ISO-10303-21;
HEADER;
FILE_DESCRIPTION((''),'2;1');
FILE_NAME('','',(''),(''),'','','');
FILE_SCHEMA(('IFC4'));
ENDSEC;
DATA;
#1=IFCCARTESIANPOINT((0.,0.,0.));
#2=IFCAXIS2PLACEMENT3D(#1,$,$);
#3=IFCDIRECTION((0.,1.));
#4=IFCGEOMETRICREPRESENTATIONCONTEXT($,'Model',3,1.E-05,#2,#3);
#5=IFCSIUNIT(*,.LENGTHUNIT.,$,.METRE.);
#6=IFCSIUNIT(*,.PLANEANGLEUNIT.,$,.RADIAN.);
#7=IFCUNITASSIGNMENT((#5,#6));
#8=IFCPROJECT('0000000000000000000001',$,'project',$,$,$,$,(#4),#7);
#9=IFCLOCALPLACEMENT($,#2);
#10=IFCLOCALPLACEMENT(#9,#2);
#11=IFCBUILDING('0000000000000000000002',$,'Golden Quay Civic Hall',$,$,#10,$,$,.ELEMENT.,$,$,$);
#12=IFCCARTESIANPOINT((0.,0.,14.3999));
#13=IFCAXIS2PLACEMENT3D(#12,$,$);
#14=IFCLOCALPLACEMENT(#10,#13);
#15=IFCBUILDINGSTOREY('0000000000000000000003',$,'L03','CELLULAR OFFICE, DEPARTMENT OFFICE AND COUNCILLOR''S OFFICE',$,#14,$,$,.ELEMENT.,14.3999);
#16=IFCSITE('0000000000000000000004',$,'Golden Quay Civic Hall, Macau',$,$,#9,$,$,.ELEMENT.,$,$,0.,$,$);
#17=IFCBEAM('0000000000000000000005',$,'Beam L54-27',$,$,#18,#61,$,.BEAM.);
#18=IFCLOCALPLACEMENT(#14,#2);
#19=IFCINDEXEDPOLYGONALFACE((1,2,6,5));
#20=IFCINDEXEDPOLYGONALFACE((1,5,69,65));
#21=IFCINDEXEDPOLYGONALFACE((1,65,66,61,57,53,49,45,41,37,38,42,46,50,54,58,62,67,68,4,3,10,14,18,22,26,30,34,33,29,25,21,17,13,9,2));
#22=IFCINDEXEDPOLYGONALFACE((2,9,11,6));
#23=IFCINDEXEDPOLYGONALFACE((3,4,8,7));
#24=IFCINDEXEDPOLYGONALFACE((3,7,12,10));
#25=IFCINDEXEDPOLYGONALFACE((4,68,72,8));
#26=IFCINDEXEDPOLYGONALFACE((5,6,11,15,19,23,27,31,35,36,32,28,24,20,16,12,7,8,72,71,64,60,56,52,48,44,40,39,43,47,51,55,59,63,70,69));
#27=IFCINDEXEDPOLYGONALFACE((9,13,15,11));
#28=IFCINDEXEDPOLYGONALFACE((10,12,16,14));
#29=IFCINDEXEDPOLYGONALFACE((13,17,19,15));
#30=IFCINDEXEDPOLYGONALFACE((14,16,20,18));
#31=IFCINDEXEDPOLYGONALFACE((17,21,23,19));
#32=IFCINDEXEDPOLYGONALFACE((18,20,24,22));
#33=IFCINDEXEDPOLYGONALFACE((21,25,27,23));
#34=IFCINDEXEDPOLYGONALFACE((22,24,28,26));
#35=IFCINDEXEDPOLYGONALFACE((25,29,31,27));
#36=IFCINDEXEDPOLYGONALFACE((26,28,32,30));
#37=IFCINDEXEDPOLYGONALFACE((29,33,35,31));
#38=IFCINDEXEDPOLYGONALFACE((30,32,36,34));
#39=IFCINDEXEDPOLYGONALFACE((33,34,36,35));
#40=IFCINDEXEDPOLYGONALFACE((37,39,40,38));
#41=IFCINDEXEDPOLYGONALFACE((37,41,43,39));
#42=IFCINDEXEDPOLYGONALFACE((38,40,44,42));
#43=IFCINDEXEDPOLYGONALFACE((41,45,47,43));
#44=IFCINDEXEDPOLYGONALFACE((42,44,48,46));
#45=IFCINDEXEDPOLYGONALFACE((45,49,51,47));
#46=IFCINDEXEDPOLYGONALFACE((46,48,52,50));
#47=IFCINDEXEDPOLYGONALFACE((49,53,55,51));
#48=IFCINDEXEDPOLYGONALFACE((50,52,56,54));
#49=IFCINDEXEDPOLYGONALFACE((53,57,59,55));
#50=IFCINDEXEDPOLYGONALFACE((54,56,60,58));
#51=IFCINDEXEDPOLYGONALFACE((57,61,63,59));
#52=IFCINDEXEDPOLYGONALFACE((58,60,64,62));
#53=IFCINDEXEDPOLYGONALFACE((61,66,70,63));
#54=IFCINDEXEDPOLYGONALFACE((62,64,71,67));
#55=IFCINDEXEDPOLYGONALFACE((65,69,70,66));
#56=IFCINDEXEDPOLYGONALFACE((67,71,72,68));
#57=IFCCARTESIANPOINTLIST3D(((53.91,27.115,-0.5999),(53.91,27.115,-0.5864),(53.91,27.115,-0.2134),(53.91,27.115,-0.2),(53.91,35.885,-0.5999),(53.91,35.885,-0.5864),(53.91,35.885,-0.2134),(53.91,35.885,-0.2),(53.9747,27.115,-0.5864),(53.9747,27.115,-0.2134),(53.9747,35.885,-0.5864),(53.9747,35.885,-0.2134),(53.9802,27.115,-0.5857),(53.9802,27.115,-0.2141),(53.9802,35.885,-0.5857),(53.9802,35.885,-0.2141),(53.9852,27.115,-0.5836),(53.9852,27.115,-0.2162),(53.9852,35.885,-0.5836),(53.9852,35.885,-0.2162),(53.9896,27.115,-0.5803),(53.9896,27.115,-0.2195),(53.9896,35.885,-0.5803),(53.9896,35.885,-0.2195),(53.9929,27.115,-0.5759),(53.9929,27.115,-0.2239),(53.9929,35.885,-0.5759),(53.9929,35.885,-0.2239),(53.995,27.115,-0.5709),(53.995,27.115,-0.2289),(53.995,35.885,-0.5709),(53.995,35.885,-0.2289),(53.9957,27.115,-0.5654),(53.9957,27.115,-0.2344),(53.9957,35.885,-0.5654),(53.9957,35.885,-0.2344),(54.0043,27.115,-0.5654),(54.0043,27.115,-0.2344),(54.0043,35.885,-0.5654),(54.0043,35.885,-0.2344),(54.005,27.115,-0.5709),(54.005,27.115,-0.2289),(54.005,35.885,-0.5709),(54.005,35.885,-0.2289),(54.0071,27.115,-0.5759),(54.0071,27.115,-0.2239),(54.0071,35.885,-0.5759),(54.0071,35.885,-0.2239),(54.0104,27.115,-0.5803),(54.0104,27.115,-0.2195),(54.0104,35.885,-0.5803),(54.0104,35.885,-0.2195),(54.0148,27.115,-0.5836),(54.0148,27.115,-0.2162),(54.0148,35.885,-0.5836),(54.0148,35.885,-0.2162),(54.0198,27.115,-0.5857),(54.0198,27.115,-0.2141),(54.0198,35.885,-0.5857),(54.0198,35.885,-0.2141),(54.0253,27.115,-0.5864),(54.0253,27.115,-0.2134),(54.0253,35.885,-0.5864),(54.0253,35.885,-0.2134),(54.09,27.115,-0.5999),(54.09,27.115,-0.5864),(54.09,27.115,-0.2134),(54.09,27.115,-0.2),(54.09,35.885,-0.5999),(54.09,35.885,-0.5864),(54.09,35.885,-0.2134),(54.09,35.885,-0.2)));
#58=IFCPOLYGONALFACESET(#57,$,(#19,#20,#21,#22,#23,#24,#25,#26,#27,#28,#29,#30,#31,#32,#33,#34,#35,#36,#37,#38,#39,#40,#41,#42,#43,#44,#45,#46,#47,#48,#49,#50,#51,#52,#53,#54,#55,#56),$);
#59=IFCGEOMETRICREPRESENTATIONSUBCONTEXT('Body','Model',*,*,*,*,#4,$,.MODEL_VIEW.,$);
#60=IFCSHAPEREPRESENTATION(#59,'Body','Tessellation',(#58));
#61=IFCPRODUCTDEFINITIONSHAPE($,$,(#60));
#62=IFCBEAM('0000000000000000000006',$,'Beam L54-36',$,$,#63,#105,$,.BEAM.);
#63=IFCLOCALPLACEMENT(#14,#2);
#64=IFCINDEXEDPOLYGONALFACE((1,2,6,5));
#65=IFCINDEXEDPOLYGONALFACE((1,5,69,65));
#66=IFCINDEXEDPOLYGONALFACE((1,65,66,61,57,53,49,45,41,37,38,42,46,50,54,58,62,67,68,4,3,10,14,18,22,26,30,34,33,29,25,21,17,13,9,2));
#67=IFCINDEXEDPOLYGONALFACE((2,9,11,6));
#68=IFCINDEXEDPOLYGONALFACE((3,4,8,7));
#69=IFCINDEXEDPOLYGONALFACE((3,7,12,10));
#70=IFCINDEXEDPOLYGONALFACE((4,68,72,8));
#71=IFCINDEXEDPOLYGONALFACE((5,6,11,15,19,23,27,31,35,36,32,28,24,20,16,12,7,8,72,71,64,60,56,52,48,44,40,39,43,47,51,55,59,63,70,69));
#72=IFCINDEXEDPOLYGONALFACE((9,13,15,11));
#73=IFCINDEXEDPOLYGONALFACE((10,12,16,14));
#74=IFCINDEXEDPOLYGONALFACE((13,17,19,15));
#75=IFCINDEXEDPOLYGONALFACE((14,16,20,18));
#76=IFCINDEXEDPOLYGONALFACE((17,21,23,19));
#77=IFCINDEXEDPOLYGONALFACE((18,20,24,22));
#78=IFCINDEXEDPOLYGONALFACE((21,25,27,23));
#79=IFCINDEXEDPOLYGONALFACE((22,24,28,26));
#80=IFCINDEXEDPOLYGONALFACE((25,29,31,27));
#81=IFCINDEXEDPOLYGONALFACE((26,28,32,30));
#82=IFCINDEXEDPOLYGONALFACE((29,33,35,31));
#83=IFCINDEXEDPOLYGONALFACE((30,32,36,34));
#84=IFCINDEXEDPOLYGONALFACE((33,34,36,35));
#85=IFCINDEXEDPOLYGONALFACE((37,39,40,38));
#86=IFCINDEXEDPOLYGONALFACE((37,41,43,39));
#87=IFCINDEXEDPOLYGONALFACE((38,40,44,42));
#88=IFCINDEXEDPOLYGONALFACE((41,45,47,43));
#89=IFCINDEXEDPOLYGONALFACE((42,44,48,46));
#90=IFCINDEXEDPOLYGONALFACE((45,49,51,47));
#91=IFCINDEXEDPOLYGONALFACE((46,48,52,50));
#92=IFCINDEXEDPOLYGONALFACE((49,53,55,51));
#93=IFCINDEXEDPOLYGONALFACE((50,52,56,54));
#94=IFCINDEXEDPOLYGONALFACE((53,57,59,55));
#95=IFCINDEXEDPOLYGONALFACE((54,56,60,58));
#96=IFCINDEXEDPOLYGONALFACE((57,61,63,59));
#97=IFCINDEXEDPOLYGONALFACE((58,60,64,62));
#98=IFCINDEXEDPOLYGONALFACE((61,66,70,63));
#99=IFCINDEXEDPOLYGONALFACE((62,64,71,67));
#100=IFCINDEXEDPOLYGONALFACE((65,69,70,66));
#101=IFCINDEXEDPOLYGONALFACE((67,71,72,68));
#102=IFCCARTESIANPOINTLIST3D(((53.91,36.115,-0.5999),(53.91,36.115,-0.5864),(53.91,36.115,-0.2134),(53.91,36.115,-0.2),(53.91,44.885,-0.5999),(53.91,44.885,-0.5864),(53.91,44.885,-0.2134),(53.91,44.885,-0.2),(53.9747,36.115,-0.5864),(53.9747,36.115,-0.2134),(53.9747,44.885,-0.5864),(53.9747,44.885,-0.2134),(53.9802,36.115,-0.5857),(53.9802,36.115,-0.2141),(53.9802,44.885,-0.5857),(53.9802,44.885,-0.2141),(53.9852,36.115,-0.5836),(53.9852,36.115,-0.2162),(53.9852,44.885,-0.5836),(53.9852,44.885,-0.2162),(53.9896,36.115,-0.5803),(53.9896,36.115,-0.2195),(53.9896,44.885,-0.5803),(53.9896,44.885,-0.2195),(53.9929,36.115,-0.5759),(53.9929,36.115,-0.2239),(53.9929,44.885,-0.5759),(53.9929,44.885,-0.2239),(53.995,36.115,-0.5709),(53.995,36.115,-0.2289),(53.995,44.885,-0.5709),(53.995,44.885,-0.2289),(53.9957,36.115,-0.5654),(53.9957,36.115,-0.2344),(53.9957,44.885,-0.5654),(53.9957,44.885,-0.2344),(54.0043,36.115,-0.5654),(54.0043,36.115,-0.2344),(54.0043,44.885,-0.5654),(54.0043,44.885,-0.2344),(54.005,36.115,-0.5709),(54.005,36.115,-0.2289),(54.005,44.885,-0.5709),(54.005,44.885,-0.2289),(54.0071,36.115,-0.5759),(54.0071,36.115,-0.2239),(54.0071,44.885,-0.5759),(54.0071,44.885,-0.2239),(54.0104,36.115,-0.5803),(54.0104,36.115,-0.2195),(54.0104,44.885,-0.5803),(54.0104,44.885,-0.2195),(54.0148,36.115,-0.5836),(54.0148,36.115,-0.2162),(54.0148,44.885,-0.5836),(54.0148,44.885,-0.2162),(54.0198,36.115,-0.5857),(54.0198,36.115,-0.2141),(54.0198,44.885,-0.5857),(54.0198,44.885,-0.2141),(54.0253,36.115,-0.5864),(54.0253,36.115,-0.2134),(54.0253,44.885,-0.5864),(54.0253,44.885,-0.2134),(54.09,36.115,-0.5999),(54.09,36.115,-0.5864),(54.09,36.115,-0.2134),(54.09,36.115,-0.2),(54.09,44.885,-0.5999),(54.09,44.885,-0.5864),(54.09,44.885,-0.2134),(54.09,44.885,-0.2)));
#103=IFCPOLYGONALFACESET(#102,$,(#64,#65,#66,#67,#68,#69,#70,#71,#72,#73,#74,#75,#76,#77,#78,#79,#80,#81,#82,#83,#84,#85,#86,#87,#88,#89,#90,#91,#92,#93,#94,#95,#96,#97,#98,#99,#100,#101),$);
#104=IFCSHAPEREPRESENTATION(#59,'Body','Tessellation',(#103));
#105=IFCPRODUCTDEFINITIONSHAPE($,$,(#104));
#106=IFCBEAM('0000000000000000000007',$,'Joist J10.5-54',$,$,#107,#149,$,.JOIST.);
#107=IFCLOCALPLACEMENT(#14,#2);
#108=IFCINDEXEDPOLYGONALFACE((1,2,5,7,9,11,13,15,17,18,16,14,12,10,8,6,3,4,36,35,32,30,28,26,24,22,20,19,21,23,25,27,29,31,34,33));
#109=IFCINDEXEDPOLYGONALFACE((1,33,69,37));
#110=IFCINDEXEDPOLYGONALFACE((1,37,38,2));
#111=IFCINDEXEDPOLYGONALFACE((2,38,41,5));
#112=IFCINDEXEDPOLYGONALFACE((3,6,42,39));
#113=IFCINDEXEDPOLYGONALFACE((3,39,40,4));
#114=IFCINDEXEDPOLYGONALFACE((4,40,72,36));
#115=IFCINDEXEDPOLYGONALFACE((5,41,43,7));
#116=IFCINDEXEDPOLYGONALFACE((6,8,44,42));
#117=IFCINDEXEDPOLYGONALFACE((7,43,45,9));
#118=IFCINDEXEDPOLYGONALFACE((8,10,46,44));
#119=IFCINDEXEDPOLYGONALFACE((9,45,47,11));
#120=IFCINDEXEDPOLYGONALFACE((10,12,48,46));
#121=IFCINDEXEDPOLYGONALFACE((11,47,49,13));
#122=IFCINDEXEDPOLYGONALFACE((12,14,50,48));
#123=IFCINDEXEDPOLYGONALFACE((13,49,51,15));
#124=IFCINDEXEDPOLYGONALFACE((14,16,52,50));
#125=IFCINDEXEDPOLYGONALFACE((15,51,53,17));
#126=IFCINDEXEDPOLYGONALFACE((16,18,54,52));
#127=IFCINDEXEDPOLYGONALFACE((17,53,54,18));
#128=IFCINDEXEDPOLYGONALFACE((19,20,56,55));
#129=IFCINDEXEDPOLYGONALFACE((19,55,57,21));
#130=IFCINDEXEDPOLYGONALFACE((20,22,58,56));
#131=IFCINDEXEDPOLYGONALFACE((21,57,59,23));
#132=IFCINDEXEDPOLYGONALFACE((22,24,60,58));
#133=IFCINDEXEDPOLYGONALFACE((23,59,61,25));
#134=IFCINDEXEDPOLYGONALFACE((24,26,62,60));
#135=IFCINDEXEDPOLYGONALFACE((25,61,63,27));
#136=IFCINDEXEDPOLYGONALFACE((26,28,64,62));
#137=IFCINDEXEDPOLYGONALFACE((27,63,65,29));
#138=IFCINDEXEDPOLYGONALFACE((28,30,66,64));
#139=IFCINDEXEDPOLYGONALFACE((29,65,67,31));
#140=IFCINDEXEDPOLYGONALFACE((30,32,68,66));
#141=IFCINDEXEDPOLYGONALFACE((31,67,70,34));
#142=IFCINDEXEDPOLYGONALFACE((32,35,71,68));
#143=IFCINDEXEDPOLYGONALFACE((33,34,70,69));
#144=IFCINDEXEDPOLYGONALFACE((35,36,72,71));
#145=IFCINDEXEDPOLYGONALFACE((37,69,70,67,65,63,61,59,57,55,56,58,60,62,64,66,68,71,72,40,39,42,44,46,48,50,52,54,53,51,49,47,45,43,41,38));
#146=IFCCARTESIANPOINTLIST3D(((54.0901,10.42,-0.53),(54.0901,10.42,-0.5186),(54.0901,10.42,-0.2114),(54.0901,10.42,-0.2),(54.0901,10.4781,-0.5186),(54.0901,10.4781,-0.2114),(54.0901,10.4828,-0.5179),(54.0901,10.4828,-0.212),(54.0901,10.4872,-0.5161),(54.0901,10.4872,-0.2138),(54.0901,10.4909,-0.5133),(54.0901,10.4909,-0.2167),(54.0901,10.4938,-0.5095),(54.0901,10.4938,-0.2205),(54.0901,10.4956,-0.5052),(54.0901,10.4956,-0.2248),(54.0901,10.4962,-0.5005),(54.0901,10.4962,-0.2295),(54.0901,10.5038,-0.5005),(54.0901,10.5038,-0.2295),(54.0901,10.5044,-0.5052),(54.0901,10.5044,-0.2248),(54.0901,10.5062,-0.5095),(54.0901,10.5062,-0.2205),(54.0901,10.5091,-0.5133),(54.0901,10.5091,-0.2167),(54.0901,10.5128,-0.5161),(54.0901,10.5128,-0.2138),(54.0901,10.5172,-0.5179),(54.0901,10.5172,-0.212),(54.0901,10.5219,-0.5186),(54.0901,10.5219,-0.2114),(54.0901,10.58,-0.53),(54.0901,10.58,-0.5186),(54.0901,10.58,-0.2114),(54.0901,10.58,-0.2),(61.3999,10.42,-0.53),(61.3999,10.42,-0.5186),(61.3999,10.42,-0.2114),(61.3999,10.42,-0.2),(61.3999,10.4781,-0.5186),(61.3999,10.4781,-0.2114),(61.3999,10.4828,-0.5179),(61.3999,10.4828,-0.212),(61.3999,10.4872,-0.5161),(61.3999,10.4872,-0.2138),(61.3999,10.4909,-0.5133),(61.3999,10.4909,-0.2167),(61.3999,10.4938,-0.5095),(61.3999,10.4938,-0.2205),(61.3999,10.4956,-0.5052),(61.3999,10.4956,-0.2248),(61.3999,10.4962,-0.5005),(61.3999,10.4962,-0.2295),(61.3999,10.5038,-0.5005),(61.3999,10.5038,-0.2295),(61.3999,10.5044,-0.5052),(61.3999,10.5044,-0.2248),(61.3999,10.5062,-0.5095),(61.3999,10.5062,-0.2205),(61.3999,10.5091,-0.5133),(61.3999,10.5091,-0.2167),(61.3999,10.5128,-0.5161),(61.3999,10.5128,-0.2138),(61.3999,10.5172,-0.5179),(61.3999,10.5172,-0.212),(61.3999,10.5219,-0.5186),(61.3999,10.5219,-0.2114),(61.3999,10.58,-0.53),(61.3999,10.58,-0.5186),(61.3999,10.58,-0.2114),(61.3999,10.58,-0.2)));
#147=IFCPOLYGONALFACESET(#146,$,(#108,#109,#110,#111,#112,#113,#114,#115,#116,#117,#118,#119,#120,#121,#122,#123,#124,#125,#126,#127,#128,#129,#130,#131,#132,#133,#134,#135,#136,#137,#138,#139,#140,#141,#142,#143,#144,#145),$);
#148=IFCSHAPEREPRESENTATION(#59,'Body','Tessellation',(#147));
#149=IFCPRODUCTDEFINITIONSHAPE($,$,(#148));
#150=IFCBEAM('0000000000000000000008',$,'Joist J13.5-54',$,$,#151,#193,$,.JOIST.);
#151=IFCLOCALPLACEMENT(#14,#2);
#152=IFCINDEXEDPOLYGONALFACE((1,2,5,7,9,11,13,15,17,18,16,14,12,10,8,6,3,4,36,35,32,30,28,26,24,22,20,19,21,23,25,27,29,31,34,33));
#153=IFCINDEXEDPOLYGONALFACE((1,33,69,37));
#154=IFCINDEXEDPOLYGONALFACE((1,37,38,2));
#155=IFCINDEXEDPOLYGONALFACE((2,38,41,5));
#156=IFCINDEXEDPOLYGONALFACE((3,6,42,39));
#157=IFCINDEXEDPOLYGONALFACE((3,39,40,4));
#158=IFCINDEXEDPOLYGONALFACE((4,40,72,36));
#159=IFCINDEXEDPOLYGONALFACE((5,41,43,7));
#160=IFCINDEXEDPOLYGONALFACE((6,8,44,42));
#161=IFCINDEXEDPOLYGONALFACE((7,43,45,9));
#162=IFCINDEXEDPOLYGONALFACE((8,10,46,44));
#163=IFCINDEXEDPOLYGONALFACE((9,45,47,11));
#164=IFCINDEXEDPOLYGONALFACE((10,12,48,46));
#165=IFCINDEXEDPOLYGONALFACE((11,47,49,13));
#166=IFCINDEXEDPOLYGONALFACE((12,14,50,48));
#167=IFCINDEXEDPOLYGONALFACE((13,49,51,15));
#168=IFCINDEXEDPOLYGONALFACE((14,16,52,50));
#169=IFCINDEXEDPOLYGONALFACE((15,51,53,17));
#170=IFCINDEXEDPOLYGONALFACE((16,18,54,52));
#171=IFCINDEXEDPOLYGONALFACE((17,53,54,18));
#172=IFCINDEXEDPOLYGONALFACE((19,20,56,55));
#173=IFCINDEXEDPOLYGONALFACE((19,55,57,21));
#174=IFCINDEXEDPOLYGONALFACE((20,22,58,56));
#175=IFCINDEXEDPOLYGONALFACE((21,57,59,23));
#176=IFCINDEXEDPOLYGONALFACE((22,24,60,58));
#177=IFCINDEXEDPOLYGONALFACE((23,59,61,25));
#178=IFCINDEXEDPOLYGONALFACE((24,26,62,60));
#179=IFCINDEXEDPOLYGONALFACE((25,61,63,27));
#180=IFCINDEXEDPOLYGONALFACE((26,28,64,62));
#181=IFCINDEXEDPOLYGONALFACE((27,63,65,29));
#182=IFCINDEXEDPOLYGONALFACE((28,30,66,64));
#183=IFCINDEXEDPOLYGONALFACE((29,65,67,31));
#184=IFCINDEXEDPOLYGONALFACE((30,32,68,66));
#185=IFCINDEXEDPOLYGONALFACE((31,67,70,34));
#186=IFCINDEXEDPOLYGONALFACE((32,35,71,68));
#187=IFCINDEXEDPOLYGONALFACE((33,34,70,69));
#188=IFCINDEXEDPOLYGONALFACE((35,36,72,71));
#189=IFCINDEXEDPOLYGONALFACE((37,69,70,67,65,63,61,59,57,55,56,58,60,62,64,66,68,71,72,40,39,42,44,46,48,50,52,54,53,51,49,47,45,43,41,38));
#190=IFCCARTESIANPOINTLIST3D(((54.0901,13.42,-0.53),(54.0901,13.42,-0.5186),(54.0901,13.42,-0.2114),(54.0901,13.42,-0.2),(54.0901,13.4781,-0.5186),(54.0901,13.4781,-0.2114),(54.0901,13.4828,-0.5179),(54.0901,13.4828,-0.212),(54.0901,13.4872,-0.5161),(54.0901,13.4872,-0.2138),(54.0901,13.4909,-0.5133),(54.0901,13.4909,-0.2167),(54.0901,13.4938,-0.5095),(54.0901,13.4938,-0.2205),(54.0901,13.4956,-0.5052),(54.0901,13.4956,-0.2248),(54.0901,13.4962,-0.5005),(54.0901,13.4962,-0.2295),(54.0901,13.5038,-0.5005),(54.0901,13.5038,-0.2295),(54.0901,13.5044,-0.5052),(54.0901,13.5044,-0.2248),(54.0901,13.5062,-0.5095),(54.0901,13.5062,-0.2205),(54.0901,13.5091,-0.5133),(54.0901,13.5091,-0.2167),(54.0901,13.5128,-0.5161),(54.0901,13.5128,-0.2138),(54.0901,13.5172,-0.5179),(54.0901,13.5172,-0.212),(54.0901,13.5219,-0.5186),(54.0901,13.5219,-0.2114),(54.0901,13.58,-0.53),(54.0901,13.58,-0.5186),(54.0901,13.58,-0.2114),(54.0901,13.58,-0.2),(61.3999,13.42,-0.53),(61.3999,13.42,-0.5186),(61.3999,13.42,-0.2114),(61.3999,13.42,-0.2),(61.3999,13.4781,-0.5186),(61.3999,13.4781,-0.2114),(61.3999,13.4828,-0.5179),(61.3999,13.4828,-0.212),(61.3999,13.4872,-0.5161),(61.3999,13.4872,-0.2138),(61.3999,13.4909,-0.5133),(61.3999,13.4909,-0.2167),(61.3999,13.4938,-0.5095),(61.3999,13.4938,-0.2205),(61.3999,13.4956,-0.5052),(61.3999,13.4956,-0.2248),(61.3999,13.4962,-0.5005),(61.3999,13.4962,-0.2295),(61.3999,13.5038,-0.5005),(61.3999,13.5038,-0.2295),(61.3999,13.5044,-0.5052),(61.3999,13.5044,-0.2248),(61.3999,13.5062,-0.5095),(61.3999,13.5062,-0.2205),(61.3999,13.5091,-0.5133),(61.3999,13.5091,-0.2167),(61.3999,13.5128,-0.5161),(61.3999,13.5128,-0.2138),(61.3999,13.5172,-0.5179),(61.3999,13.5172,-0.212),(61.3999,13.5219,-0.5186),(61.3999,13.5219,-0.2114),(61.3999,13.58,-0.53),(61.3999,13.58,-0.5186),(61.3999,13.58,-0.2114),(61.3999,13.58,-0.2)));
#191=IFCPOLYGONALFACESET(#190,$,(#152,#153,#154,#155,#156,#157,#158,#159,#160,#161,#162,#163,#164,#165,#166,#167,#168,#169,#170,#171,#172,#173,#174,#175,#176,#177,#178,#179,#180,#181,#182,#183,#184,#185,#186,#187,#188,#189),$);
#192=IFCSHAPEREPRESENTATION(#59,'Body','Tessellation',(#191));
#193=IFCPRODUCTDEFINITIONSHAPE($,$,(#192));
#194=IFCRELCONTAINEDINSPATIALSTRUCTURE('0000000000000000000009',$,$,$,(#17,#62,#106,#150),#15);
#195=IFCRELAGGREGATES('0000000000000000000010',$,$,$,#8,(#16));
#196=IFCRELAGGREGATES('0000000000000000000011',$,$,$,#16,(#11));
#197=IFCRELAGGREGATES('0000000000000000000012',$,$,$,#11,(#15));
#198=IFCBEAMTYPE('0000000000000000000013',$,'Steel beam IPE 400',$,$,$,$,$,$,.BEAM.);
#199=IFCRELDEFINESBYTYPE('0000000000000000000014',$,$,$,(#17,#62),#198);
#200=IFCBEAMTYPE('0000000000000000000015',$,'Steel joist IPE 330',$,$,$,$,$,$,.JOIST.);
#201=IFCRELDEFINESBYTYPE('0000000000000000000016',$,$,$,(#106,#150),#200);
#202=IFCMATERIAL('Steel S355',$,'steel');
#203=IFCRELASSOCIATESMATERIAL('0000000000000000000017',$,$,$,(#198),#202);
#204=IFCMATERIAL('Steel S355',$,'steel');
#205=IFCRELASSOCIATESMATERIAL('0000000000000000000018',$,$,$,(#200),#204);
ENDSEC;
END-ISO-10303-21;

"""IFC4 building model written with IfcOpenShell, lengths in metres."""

from ifc_helpers import new_model, si_unit, direction, frame, origin, origin_2d, place, context, subcontext, project, spatial, i_section, extrude, material, material_profile, profile_set, type_object, element, save


model = new_model("IFC4")

# Units and contexts
model_context = context("Model", 3, precision=1e-05, world=origin(), true_north=direction((0.0, 1.0)))
body_context = subcontext(model_context, "Body", "Model", "MODEL_VIEW")
ifc_project = project(units=[si_unit("LENGTHUNIT", "METRE"), si_unit("PLANEANGLEUNIT", "RADIAN")], contexts=[model_context])

# Site, building, storey
site_placement = place(None, origin())
site = spatial("IfcSite", under=ifc_project, at=site_placement, Name="Golden Quay Civic Hall, Macau", CompositionType="ELEMENT", RefElevation=0.0)
building_placement = place(site_placement, origin())
building = spatial("IfcBuilding", under=site, at=building_placement, Name="Golden Quay Civic Hall", CompositionType="ELEMENT")
storey_placement = place(building_placement, frame((0.0, 0.0, 14.3999)))
storey = spatial("IfcBuildingStorey", under=building, at=storey_placement, Name="L03", Description="CELLULAR OFFICE, DEPARTMENT OFFICE AND COUNCILLOR'S OFFICE", CompositionType="ELEMENT", Elevation=14.3999)

# Beams
ifc_material_1 = material(Name="Steel S355", Category="steel")
ifc_material_profile_1 = material_profile(ifc_material_1, i_section(OverallWidth=0.1799, OverallDepth=0.3999, WebThickness=0.0085, FlangeThickness=0.0134, FilletRadius=0.021, at=origin_2d()), Name="IPE 400")
ifc_profile_set_1 = profile_set([ifc_material_profile_1], Name="Steel S355")
beam_type_1 = type_object("IfcBeamType", Name="Steel beam IPE 400", PredefinedType="BEAM", material=ifc_profile_set_1)
for number, where, z_axis, x_axis, name in (
    (1, (54.0, 27.115, -0.3999), (0.0, 1.0, 0.0), (-1.0, 0.0, 0.0), "Beam L54-27"),
    (2, (54.0, 36.115, -0.3999), (0.0, 1.0, 0.0), (-1.0, 0.0, 0.0), "Beam L54-36"),
):
    element("IfcBeam", number, at=place(storey_placement, frame(where, z_axis=z_axis, x_axis=x_axis)), inside=storey, type_object=beam_type_1, Name=name, PredefinedType="BEAM", context=body_context, shape_type="SweptSolid", body=[
        extrude(i_section(OverallWidth=0.1799, OverallDepth=0.3999, WebThickness=0.0085, FlangeThickness=0.0134, FilletRadius=0.021, at=origin_2d()), origin(), (0.0, 0.0, 1.0), 8.77),
    ])
ifc_material_2 = material(Name="Steel S355", Category="steel")
ifc_material_profile_2 = material_profile(ifc_material_2, i_section(OverallWidth=0.1599, OverallDepth=0.3301, WebThickness=0.0076, FlangeThickness=0.0115, FilletRadius=0.0181, at=origin_2d()), Name="IPE 330")
ifc_profile_set_2 = profile_set([ifc_material_profile_2], Name="Steel S355")
beam_type_2 = type_object("IfcBeamType", Name="Steel joist IPE 330", PredefinedType="JOIST", material=ifc_profile_set_2)
for number, where, z_axis, x_axis, name in (
    (3, (54.0901, 10.5, -0.365), (1.0, 0.0, 0.0), (0.0, 1.0, 0.0), "Joist J10.5-54"),
    (4, (54.0901, 13.5, -0.365), (1.0, 0.0, 0.0), (0.0, 1.0, 0.0), "Joist J13.5-54"),
):
    element("IfcBeam", number, at=place(storey_placement, frame(where, z_axis=z_axis, x_axis=x_axis)), inside=storey, type_object=beam_type_2, Name=name, PredefinedType="JOIST", context=body_context, shape_type="SweptSolid", body=[
        extrude(i_section(OverallWidth=0.1599, OverallDepth=0.3301, WebThickness=0.0076, FlangeThickness=0.0115, FilletRadius=0.0181, at=origin_2d()), origin(), (0.0, 0.0, 1.0), 7.3098),
    ])

save(model, "model.ifc")
